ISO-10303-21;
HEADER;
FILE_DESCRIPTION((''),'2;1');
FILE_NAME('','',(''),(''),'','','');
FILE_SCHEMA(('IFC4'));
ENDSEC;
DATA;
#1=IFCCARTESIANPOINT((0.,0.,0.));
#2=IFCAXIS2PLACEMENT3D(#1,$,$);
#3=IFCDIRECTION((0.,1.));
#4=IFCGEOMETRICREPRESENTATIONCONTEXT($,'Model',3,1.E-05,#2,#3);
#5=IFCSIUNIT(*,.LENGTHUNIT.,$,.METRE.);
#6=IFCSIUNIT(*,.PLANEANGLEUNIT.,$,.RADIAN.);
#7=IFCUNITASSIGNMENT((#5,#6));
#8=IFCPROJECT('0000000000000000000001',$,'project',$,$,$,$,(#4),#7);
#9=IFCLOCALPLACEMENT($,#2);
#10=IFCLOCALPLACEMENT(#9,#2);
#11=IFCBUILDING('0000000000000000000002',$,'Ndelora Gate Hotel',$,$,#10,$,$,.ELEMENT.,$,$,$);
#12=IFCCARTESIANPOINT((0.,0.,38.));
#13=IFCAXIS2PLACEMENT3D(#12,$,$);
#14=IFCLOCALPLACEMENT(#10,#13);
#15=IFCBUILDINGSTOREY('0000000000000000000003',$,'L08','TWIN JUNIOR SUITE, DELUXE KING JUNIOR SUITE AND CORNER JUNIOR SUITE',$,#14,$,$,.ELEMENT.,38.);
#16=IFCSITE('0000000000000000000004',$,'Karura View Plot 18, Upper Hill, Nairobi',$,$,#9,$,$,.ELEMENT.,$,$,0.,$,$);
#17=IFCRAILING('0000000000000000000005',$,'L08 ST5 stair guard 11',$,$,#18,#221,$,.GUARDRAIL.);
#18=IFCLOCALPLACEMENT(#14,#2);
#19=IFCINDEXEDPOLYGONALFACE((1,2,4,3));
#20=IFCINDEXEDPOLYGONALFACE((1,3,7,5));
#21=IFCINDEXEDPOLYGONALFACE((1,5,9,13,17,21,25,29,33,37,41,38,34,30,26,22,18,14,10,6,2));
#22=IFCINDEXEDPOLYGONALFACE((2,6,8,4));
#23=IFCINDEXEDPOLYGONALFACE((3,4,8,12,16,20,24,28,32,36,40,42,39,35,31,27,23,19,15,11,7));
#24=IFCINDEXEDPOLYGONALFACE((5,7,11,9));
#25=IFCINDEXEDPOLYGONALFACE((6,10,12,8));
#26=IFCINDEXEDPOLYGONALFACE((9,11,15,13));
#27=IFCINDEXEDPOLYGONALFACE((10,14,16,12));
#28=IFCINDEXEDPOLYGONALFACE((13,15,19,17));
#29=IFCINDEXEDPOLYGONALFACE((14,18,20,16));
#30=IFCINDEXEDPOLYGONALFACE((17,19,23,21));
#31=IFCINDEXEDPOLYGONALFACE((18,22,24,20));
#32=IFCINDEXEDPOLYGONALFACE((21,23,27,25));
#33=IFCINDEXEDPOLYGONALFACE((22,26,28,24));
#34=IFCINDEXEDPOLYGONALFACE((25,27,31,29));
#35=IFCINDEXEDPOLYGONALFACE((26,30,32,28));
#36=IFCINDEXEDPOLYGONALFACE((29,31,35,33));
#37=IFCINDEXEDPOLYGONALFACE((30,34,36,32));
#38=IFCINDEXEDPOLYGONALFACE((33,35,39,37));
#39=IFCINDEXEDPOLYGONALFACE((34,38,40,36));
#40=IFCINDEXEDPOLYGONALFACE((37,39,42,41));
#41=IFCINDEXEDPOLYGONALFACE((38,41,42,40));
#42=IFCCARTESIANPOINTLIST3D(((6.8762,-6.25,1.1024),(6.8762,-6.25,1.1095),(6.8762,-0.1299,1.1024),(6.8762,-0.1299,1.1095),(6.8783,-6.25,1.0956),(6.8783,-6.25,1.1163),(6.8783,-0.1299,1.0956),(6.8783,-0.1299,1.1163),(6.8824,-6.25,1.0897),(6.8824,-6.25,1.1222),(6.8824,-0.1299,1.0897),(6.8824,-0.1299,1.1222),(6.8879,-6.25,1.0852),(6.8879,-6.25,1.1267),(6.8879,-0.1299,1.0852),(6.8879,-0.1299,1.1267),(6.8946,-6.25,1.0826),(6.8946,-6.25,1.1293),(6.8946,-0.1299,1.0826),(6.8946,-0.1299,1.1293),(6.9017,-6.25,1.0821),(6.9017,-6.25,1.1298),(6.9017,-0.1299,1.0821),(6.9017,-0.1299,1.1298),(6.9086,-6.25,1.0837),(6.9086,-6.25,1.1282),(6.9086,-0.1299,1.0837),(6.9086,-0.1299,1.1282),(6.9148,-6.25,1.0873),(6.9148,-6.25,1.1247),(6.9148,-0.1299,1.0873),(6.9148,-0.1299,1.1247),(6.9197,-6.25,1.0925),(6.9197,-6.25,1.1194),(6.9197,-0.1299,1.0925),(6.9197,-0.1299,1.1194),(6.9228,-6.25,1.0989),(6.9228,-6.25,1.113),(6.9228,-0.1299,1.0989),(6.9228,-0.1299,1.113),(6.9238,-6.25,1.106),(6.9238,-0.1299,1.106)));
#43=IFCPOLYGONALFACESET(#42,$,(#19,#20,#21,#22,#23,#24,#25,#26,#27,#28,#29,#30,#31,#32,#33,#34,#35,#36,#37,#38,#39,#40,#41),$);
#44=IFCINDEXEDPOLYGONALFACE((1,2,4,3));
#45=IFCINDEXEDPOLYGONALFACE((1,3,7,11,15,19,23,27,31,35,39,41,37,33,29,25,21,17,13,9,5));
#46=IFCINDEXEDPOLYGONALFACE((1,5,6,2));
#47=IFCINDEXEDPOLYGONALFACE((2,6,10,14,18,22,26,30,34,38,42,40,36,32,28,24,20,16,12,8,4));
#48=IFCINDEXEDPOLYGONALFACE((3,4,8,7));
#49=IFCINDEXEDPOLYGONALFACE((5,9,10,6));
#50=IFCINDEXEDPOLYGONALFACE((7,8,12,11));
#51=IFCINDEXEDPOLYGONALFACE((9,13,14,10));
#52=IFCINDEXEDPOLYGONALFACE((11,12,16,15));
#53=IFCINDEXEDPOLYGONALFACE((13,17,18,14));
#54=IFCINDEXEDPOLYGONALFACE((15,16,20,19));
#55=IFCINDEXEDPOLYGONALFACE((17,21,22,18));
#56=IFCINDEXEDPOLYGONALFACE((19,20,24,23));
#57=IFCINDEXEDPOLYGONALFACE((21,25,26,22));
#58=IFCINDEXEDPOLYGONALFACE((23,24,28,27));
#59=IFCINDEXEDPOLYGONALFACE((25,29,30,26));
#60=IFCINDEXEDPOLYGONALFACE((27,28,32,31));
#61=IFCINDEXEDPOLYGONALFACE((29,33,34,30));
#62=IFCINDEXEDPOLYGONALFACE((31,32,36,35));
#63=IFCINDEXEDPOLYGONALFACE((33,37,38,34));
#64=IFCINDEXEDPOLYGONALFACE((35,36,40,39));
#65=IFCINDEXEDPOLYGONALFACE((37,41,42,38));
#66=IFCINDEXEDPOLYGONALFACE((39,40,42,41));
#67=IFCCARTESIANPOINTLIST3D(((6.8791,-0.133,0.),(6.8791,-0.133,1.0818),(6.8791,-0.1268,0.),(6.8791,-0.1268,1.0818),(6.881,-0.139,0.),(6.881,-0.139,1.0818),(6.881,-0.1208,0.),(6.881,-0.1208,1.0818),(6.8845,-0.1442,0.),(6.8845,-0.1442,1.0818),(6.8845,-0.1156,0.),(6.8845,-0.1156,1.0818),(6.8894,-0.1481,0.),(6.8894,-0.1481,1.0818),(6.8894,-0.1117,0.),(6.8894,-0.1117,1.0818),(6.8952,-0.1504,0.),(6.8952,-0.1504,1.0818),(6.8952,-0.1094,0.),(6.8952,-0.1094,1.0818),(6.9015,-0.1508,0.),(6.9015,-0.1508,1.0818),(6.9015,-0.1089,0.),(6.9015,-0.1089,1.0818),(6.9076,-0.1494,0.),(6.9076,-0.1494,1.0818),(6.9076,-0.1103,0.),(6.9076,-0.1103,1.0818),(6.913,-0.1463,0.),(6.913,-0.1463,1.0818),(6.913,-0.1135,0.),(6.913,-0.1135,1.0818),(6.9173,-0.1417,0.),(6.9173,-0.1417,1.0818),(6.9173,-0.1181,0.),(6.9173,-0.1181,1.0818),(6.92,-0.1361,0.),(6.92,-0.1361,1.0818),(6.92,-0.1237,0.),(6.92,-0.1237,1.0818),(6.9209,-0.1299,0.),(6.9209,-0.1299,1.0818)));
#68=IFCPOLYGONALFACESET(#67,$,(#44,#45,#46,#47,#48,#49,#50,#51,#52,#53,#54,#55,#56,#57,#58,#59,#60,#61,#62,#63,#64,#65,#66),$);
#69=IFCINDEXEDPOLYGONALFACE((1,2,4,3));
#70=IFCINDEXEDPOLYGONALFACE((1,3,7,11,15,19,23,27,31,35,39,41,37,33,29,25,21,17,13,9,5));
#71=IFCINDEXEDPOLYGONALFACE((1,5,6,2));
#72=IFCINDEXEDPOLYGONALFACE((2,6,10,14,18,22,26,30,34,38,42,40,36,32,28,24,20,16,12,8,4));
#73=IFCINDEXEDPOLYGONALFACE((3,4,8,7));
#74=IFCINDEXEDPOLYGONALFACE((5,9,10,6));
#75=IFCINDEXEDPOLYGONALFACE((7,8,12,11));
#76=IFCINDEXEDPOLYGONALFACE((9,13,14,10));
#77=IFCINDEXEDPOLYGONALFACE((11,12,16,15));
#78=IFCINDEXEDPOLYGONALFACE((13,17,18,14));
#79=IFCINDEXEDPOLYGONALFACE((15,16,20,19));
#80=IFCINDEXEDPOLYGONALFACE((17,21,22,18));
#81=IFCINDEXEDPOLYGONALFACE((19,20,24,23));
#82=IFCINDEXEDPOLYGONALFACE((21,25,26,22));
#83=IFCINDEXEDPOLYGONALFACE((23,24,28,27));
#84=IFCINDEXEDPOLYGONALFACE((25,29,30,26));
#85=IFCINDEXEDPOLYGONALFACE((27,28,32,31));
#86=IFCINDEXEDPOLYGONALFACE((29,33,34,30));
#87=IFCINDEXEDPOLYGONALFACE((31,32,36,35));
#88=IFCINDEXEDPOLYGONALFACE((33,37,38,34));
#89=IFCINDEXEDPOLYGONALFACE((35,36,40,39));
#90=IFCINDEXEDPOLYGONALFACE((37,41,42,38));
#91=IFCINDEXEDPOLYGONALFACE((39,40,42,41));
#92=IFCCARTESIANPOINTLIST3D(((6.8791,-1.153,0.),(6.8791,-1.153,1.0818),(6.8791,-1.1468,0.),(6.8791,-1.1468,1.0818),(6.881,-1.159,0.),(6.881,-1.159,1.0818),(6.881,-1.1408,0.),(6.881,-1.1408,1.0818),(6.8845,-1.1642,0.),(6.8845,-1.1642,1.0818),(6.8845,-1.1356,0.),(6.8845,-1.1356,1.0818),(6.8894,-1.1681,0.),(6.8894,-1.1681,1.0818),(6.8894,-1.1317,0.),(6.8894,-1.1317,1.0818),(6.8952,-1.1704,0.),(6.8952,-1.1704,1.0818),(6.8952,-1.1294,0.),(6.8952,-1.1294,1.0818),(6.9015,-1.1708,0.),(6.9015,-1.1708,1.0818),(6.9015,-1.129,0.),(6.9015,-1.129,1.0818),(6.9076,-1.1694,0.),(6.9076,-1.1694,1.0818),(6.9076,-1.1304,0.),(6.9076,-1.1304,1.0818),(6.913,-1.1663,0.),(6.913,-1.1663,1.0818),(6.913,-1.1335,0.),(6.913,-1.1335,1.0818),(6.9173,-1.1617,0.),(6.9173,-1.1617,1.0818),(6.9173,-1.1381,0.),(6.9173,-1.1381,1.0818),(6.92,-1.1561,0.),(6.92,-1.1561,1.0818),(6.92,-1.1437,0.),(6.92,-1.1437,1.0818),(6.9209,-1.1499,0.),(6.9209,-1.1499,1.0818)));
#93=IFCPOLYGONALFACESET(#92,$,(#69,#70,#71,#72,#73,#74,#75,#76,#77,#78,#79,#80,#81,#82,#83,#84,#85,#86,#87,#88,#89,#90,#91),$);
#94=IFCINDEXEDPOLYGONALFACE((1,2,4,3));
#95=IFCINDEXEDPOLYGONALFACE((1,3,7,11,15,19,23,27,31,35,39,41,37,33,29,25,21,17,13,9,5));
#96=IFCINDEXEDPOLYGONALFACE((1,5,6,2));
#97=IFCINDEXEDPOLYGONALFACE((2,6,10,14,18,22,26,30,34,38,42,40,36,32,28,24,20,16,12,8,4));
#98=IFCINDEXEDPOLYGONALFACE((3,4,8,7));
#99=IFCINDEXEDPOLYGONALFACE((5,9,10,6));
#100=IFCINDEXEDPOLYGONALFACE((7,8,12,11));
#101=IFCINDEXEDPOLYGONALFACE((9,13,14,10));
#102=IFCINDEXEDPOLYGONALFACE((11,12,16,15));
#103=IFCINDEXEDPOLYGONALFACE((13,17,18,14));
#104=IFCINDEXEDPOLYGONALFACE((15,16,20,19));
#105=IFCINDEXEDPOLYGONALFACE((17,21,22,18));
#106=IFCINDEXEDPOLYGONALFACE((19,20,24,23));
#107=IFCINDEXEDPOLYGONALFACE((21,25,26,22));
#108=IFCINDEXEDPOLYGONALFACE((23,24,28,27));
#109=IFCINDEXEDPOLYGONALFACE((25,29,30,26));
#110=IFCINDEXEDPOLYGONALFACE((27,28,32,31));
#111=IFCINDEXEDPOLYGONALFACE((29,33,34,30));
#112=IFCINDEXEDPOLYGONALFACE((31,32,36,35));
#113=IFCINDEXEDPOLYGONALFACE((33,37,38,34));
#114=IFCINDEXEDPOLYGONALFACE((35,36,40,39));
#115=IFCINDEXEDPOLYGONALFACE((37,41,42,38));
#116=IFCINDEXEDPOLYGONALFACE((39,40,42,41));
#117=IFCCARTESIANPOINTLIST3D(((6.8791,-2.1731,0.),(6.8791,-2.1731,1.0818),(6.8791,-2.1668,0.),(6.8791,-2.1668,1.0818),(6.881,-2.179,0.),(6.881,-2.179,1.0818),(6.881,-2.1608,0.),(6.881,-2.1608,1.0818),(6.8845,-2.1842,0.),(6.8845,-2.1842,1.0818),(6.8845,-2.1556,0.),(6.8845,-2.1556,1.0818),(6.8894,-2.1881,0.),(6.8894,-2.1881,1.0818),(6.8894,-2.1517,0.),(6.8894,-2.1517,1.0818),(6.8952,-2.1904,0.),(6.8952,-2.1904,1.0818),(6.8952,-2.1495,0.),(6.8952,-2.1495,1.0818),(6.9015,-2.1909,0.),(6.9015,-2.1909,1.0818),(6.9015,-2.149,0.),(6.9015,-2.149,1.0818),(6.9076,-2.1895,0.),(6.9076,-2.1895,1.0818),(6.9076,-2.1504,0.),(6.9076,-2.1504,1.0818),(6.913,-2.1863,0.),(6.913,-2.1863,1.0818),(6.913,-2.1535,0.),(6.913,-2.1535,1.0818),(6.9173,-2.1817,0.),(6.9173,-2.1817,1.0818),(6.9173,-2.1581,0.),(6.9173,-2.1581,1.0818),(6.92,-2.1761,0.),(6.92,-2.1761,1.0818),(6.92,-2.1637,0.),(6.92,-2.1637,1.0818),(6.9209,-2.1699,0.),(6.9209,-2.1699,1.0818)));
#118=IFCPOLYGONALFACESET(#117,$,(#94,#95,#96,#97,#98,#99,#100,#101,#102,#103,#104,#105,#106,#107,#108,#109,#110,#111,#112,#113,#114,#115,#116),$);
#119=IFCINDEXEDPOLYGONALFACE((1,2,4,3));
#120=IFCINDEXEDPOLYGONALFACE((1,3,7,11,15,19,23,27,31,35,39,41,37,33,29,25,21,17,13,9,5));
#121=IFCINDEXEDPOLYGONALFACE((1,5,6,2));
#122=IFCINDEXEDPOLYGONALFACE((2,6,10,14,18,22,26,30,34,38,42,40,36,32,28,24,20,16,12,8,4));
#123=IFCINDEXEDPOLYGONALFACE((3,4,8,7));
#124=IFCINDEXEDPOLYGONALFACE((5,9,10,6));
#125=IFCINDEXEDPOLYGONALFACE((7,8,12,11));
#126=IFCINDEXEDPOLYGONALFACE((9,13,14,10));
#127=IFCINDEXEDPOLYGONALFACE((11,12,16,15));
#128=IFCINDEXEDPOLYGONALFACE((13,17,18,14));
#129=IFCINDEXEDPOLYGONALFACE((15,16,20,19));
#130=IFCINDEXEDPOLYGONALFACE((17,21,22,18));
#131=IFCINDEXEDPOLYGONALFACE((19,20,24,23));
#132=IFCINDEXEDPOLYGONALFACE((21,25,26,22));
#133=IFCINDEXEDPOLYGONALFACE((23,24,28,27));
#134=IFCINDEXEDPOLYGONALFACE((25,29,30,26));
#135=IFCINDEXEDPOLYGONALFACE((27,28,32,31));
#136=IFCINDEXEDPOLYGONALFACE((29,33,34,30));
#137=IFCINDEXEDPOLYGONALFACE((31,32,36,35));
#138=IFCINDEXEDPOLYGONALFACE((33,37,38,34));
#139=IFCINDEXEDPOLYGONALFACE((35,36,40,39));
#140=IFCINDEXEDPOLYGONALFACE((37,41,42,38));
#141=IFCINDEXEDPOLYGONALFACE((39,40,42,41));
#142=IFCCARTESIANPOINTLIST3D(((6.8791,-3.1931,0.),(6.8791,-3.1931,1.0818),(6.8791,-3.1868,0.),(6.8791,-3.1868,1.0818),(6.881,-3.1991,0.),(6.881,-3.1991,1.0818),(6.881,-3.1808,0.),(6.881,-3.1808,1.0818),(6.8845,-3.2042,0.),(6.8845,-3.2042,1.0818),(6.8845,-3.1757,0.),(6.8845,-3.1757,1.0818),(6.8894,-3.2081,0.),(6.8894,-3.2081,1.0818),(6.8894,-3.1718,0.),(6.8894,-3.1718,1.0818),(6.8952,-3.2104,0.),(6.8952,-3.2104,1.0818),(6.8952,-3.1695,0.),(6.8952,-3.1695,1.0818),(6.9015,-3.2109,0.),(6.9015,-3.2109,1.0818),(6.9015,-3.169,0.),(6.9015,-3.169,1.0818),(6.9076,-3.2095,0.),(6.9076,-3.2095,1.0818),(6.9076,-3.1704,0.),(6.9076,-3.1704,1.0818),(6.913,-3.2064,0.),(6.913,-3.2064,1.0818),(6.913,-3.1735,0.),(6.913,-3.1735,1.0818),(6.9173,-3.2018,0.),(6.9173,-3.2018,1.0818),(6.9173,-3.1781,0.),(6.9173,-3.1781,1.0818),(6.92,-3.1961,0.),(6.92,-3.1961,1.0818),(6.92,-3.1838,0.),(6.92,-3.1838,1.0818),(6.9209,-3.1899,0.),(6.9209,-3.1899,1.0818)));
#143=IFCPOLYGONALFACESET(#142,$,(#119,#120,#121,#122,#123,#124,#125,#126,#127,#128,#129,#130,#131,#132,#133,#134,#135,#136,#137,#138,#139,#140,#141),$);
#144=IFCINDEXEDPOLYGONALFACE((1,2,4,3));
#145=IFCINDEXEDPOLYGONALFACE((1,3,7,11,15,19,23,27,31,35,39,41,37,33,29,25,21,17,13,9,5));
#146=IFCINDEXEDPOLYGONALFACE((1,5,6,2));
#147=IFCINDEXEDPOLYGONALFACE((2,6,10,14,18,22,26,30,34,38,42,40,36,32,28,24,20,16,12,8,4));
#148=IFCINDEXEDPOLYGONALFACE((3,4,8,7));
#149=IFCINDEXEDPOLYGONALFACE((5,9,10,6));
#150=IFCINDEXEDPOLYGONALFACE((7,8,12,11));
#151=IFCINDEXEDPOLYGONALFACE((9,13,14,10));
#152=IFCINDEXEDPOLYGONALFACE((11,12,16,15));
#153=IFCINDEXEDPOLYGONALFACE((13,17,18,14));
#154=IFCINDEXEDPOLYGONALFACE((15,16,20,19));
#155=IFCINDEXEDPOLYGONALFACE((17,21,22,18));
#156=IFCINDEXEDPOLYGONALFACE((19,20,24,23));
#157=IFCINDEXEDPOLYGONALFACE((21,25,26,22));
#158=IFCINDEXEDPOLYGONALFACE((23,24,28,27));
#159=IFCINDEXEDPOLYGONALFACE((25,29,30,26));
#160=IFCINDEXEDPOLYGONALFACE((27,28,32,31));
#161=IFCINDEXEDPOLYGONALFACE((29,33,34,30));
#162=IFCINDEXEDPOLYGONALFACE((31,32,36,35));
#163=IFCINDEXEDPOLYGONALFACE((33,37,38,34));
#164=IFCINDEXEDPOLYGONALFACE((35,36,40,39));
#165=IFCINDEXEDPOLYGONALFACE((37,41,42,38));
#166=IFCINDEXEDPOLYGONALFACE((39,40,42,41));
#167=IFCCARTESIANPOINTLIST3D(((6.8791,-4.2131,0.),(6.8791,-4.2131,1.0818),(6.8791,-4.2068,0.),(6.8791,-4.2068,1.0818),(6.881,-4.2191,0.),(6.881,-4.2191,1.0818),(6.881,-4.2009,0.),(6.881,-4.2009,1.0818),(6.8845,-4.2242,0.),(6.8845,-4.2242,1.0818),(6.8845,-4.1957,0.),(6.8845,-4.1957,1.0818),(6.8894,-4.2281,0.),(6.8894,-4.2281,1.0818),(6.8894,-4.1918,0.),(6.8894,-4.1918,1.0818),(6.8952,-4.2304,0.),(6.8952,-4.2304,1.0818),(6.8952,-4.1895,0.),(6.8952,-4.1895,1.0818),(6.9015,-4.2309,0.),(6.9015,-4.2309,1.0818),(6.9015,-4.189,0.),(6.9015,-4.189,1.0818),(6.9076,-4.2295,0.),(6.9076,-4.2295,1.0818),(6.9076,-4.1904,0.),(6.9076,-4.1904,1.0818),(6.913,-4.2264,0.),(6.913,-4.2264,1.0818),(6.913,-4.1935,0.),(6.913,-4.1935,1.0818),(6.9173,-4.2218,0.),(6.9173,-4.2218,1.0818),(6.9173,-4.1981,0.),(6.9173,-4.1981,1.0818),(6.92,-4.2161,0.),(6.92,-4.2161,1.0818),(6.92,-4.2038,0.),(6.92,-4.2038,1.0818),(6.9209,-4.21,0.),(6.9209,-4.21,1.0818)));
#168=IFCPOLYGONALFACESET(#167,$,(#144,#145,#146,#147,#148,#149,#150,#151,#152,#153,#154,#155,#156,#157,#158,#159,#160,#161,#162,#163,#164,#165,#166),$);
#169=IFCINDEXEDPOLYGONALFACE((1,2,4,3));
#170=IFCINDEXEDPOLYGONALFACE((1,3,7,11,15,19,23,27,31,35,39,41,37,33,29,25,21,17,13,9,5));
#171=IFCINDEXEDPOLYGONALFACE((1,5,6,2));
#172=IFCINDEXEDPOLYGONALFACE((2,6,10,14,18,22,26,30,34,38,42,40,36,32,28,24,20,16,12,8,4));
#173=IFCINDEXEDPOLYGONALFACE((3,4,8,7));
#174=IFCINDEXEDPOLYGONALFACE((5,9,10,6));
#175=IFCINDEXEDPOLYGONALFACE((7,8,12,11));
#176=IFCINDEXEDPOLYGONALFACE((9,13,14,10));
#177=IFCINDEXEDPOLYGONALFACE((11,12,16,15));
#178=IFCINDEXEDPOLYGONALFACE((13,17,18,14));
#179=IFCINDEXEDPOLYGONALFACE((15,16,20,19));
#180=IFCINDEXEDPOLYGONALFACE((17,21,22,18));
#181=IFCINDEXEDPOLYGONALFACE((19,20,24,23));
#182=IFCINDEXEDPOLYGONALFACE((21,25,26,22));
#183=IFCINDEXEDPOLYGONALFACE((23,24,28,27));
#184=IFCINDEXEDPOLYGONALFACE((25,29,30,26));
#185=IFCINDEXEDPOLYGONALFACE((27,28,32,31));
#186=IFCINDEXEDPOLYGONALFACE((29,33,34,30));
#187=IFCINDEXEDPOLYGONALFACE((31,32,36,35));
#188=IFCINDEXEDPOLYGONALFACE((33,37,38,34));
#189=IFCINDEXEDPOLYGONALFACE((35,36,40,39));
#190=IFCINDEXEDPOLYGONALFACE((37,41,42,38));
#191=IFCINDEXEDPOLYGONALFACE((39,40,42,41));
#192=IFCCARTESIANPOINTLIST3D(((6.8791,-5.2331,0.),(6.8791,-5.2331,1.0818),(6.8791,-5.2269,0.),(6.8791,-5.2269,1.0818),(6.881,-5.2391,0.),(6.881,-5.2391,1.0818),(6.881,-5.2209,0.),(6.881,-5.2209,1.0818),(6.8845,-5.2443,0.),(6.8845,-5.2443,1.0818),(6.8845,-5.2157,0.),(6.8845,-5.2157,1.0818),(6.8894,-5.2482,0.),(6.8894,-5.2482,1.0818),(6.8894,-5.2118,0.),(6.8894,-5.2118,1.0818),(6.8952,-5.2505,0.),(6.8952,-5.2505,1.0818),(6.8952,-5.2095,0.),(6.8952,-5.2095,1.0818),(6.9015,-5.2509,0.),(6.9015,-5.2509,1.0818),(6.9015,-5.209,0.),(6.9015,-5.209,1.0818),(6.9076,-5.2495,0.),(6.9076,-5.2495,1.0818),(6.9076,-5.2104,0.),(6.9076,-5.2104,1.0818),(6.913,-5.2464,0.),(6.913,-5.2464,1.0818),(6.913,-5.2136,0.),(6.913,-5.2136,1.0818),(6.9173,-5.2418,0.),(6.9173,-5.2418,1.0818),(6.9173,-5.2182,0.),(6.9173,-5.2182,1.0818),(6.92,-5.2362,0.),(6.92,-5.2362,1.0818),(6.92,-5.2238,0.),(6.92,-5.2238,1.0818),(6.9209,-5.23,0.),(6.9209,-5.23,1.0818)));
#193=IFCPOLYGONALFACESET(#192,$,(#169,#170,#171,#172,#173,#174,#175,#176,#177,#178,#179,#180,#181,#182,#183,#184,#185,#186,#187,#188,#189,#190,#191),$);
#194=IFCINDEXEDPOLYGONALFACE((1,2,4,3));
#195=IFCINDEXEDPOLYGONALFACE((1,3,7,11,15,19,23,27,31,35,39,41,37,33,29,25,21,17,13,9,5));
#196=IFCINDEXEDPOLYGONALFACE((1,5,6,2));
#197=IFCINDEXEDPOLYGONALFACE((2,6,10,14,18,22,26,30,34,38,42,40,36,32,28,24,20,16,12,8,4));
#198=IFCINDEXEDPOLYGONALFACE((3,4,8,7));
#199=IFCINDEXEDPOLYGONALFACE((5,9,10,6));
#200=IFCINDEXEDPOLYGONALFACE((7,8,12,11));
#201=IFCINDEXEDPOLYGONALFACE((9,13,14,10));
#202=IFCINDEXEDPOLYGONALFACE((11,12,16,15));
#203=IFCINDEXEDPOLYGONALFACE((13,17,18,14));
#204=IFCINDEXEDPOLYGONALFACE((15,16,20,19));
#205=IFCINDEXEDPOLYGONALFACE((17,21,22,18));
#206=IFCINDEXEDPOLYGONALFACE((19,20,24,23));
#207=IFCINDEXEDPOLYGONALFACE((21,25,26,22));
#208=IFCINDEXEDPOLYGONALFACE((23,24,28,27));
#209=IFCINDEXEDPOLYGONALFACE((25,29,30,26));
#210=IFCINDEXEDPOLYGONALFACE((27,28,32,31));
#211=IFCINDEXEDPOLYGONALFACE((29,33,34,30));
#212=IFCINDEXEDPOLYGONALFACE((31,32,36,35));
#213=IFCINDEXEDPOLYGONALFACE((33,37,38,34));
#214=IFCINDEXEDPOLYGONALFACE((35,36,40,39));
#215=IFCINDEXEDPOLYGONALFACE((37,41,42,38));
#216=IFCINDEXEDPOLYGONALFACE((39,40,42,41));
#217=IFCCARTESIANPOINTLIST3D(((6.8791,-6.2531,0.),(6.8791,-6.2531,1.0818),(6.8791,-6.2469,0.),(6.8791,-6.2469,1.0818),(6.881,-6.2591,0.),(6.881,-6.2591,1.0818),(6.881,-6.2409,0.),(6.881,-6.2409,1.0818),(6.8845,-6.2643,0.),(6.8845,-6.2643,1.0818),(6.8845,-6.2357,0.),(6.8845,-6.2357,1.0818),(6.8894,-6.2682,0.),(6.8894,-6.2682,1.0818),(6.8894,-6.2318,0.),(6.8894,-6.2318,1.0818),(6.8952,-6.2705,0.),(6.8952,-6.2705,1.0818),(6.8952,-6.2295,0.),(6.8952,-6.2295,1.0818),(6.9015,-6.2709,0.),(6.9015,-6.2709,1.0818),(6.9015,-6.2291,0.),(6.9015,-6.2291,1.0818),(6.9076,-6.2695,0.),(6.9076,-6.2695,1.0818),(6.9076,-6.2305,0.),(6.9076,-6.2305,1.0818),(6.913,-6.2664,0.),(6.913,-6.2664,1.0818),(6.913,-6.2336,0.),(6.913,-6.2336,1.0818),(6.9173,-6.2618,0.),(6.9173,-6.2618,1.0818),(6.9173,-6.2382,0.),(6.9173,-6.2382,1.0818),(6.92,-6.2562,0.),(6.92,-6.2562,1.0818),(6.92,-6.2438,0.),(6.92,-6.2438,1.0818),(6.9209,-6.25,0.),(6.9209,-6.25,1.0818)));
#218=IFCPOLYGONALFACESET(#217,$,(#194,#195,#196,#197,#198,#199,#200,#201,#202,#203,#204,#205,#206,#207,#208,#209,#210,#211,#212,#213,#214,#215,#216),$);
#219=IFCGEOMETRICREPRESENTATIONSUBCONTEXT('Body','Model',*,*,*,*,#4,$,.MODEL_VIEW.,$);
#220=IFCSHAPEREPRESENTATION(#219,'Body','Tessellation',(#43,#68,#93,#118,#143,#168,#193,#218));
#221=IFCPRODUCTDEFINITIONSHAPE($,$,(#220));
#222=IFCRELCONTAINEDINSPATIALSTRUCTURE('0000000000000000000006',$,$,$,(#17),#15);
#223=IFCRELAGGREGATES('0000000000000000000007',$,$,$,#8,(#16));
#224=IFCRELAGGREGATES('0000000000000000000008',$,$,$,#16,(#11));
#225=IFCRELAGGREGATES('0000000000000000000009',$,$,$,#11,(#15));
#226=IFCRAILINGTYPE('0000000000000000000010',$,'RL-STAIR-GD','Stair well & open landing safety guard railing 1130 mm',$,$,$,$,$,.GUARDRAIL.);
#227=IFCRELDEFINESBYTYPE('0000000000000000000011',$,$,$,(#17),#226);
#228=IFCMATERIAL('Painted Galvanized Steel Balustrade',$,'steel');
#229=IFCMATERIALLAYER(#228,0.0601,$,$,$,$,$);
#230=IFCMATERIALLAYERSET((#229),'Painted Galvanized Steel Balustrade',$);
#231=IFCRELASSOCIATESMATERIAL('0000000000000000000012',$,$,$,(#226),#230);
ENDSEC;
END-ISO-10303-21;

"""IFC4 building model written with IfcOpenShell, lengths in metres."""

from ifc_helpers import new_model, si_unit, direction, frame, origin, origin_2d, place, context, subcontext, project, spatial, circle, extrude, material, layer, layer_set, type_object, element, save


model = new_model("IFC4")

# Units and contexts
model_context = context("Model", 3, precision=1e-05, world=origin(), true_north=direction((0.0, 1.0)))
body_context = subcontext(model_context, "Body", "Model", "MODEL_VIEW")
ifc_project = project(units=[si_unit("LENGTHUNIT", "METRE"), si_unit("PLANEANGLEUNIT", "RADIAN")], contexts=[model_context])

# Site, building, storey
site_placement = place(None, origin())
site = spatial("IfcSite", under=ifc_project, at=site_placement, Name="Karura View Plot 18, Upper Hill, Nairobi", CompositionType="ELEMENT", RefElevation=0.0)
building_placement = place(site_placement, origin())
building = spatial("IfcBuilding", under=site, at=building_placement, Name="Ndelora Gate Hotel", CompositionType="ELEMENT")
storey_placement = place(building_placement, frame((0.0, 0.0, 38.0)))
storey = spatial("IfcBuildingStorey", under=building, at=storey_placement, Name="L08", Description="TWIN JUNIOR SUITE, DELUXE KING JUNIOR SUITE AND CORNER JUNIOR SUITE", CompositionType="ELEMENT", Elevation=38.0)

# Railing
ifc_material_1 = material(Name="Painted Galvanized Steel Balustrade", Category="steel")
ifc_layer_1 = layer(ifc_material_1, 0.0601)
ifc_layer_set_1 = layer_set([ifc_layer_1], Name="Painted Galvanized Steel Balustrade")
railing_type = type_object("IfcRailingType", Name="RL-STAIR-GD", Description="Stair well & open landing safety guard railing 1130 mm", PredefinedType="GUARDRAIL", material=ifc_layer_set_1)
railing_1_placement = place(storey_placement, frame((6.8999, -0.1299, 0.0)))
element("IfcRailing", 1, at=railing_1_placement, inside=storey, type_object=railing_type, Name="L08 ST5 stair guard 11", PredefinedType="GUARDRAIL", context=body_context, shape_type="SweptSolid", body=[
    extrude(circle(Radius=0.0239, at=origin_2d()), frame((0.0, 0.0, 1.106), z_axis=(0.0, -1.0, 0.0), x_axis=(1.0, 0.0, 0.0)), (0.0, 0.0, 1.0), 6.1201),
    extrude(circle(Radius=0.021, at=origin_2d()), origin(), (0.0, 0.0, 1.0), 1.0818),
    extrude(circle(Radius=0.021, at=origin_2d()), frame((0.0, -1.02, 0.0)), (0.0, 0.0, 1.0), 1.0818),
    extrude(circle(Radius=0.021, at=origin_2d()), frame((0.0, -2.04, 0.0)), (0.0, 0.0, 1.0), 1.0818),
    extrude(circle(Radius=0.021, at=origin_2d()), frame((0.0, -3.0601, 0.0)), (0.0, 0.0, 1.0), 1.0818),
    extrude(circle(Radius=0.021, at=origin_2d()), frame((0.0, -4.0801, 0.0)), (0.0, 0.0, 1.0), 1.0818),
    extrude(circle(Radius=0.021, at=origin_2d()), frame((0.0, -5.1001, 0.0)), (0.0, 0.0, 1.0), 1.0818),
    extrude(circle(Radius=0.021, at=origin_2d()), frame((0.0, -6.1201, 0.0)), (0.0, 0.0, 1.0), 1.0818),
])

save(model, "model.ifc")
